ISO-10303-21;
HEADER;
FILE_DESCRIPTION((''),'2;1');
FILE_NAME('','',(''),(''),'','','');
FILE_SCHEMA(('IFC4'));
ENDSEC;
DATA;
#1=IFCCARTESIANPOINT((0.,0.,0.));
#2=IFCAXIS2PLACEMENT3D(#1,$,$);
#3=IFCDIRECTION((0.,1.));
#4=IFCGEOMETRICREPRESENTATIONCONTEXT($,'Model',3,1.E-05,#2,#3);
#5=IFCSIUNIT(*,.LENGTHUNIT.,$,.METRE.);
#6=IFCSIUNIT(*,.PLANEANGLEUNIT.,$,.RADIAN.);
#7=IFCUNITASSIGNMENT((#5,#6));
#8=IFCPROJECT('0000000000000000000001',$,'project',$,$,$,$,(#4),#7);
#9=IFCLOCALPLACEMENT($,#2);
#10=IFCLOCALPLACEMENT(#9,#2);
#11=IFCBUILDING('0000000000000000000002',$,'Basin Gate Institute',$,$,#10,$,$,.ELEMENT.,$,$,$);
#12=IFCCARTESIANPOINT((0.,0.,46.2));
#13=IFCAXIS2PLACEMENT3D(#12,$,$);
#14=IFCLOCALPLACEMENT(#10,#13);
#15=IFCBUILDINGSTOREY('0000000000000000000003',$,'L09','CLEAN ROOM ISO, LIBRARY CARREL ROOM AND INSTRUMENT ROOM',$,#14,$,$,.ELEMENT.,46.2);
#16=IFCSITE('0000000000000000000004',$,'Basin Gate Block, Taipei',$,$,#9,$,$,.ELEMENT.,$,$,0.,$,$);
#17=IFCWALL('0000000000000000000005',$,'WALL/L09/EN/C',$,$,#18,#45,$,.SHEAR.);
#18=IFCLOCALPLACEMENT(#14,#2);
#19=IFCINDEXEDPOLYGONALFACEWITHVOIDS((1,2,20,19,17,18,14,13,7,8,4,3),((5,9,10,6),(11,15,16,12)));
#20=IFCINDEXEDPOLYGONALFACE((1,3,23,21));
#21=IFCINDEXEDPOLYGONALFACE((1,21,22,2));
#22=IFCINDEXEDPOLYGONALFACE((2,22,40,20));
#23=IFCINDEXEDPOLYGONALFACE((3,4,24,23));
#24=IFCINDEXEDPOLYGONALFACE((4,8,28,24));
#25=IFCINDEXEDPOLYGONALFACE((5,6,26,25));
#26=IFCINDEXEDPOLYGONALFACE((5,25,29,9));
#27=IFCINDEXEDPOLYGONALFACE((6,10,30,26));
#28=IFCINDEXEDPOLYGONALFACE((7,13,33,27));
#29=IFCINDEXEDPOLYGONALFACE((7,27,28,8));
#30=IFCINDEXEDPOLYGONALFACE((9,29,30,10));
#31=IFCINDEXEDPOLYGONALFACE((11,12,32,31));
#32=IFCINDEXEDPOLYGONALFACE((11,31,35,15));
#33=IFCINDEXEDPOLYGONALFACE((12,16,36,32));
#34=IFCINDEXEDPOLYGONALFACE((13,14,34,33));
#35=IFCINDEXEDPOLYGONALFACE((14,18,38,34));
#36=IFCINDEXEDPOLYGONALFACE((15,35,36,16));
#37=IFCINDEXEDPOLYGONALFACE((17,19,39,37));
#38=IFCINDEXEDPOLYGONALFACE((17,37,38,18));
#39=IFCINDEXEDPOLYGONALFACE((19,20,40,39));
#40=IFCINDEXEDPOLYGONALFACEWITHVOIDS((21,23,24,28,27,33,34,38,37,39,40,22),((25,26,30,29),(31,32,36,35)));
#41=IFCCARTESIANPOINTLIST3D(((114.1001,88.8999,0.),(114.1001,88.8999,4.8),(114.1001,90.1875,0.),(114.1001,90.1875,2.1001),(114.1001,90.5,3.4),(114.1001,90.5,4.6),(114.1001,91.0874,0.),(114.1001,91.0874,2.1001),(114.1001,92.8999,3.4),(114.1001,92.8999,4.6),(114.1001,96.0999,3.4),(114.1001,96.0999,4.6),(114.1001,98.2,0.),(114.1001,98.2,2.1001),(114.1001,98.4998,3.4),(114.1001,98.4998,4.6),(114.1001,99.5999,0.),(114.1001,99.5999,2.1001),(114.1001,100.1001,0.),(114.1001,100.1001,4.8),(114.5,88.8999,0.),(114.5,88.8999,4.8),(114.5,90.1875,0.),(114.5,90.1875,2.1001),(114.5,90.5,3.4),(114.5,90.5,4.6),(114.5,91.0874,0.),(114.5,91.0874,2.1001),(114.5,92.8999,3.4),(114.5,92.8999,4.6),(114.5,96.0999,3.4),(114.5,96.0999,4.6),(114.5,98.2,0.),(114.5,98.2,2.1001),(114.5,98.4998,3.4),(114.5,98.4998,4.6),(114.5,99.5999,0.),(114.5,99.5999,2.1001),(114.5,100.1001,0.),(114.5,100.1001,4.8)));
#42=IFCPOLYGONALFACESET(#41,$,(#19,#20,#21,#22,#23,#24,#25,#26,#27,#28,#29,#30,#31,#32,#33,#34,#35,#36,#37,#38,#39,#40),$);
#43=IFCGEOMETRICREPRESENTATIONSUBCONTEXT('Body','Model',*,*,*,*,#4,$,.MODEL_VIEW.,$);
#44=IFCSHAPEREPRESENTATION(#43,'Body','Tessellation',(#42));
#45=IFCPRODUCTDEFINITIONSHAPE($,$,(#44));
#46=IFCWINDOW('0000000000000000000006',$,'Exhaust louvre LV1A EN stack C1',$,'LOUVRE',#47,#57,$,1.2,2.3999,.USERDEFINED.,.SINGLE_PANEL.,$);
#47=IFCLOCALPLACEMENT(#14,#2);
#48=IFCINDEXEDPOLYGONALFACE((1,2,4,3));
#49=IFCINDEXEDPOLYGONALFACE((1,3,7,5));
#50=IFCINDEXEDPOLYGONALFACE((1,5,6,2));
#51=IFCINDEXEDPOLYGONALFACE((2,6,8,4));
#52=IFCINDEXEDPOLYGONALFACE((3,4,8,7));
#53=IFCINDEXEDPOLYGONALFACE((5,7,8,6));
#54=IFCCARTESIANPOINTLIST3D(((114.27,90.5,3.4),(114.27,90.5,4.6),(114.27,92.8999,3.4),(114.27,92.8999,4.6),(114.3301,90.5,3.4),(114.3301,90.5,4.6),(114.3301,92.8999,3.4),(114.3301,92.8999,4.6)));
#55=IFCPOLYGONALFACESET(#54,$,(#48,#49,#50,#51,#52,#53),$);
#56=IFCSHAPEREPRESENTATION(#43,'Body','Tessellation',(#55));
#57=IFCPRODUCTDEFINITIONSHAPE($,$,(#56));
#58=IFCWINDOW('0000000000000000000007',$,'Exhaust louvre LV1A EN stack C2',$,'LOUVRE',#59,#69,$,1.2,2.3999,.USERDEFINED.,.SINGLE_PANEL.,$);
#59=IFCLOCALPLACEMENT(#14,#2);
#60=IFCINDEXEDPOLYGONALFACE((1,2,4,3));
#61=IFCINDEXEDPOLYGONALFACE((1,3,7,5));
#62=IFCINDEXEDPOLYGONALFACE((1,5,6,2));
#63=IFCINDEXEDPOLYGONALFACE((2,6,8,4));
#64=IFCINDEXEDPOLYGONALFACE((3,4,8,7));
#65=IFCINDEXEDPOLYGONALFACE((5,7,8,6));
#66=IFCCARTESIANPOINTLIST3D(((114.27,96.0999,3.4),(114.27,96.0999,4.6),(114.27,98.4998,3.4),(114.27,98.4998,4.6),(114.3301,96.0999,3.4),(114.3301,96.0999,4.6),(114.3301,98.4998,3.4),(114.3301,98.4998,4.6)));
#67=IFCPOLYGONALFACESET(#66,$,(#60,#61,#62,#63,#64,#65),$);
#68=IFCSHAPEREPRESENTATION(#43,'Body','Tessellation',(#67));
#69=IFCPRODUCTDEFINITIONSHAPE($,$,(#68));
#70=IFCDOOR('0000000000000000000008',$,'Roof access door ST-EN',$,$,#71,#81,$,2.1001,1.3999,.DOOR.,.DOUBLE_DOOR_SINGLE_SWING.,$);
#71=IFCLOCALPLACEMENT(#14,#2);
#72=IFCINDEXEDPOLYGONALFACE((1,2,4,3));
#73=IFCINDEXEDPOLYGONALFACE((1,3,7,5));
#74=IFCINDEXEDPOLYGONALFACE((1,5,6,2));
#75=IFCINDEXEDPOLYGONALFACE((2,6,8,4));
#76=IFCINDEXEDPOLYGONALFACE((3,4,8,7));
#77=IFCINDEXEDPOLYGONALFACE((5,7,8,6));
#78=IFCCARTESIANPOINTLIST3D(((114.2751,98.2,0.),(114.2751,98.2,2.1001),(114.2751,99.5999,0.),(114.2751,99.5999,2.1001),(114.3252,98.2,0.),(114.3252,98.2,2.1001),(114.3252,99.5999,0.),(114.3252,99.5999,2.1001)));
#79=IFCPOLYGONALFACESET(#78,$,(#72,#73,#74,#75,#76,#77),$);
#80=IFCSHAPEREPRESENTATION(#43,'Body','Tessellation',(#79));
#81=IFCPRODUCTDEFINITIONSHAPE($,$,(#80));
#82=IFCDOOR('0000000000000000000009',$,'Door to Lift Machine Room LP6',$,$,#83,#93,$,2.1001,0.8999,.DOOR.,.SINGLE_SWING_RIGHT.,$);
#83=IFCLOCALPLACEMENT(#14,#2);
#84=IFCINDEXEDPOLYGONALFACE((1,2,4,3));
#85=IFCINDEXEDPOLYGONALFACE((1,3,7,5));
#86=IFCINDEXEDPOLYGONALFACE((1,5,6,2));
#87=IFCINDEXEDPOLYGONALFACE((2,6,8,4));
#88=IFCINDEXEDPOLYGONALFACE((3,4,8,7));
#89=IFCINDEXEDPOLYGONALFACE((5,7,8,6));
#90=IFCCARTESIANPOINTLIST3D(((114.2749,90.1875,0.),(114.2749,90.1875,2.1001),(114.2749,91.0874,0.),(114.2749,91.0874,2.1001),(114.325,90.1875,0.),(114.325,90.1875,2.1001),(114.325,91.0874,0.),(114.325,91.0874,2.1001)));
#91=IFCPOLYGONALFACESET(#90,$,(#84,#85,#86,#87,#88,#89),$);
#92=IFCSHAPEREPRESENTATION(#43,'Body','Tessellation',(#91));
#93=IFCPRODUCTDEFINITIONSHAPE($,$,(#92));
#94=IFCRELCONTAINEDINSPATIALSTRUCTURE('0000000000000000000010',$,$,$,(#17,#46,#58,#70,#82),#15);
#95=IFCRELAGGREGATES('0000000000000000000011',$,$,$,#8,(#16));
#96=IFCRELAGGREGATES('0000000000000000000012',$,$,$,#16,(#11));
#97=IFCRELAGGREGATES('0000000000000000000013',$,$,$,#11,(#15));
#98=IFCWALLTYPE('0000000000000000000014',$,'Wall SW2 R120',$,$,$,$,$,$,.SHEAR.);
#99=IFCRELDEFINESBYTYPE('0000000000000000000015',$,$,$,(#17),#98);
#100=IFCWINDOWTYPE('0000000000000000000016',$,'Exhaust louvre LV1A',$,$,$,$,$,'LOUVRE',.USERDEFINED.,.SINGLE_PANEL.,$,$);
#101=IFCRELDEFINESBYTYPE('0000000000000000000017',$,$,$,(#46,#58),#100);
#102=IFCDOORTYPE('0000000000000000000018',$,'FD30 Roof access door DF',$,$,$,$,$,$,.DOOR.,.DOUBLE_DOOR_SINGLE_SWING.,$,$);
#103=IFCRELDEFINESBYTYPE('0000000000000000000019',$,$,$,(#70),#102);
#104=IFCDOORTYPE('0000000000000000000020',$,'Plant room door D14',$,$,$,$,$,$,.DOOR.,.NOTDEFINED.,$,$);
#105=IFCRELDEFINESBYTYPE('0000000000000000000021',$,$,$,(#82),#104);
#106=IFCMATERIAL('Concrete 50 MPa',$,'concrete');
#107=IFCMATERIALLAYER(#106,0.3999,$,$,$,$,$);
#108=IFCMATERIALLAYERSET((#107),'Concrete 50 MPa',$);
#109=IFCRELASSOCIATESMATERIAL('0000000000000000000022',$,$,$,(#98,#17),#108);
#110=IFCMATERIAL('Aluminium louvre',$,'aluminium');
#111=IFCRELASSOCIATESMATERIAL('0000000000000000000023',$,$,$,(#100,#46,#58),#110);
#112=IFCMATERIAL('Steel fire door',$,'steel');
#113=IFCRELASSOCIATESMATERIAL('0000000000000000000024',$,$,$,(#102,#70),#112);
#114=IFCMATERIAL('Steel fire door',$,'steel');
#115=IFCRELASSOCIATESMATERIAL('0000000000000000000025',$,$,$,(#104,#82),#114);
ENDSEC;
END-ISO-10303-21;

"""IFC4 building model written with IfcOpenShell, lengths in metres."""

from ifc_helpers import new_model, si_unit, direction, frame, frame_2d, origin, place, context, subcontext, project, spatial, rectangle, extrude, material, layer, layer_set, type_object, element, fill, save


model = new_model("IFC4")

# Units and contexts
model_context = context("Model", 3, precision=1e-05, world=origin(), true_north=direction((0.0, 1.0)))
body_context = subcontext(model_context, "Body", "Model", "MODEL_VIEW")
ifc_project = project(units=[si_unit("LENGTHUNIT", "METRE"), si_unit("PLANEANGLEUNIT", "RADIAN")], contexts=[model_context])

# Site, building, storey
site_placement = place(None, origin())
site = spatial("IfcSite", under=ifc_project, at=site_placement, Name="Basin Gate Block, Taipei", CompositionType="ELEMENT", RefElevation=0.0)
building_placement = place(site_placement, origin())
building = spatial("IfcBuilding", under=site, at=building_placement, Name="Basin Gate Institute", CompositionType="ELEMENT")
storey_placement = place(building_placement, frame((0.0, 0.0, 46.2)))
storey = spatial("IfcBuildingStorey", under=building, at=storey_placement, Name="L09", Description="CLEAN ROOM ISO, LIBRARY CARREL ROOM AND INSTRUMENT ROOM", CompositionType="ELEMENT", Elevation=46.2)

# Wall, openings, windows, doors
ifc_material_1 = material(Name="Concrete 50 MPa", Category="concrete")
ifc_layer_1 = layer(ifc_material_1, 0.3999)
ifc_layer_set_1 = layer_set([ifc_layer_1], Name="Concrete 50 MPa")
wall_type_1 = type_object("IfcWallType", Name="Wall SW2 R120", PredefinedType="SHEAR", material=ifc_layer_set_1)
wall_1_placement = place(storey_placement, frame((114.3, 88.8999, 0.0), z_axis=(0.0, 0.0, 1.0), x_axis=(0.0, 1.0, 0.0)))
wall_1 = element("IfcWall", 1, at=wall_1_placement, inside=storey, type_object=wall_type_1, material=ifc_layer_set_1, Name="WALL/L09/EN/C", PredefinedType="SHEAR", context=body_context, shape_type="SweptSolid", body=[
    extrude(rectangle(XDim=11.2002, YDim=0.3999, at=frame_2d((5.6001, 0.0))), origin(), (0.0, 0.0, 1.0), 4.8),
])
opening_1_placement = place(wall_1_placement, frame((9.3, 0.0, 0.0)))
opening_1 = element("IfcOpeningElement", 2, at=opening_1_placement, cuts=wall_1, PredefinedType="OPENING", context=body_context, shape_type="SweptSolid", body=[
    extrude(rectangle(XDim=1.3999, YDim=2.1001, at=frame_2d((0.7, 1.05))), frame((0.0, 0.21, 0.0), z_axis=(0.0, -1.0, 0.0), x_axis=(1.0, 0.0, 0.0)), (0.0, 0.0, 1.0), 0.4199),
])
opening_2_placement = place(wall_1_placement, frame((1.6001, 0.0, 3.3999)))
opening_2 = element("IfcOpeningElement", 3, at=opening_2_placement, cuts=wall_1, PredefinedType="OPENING", context=body_context, shape_type="SweptSolid", body=[
    extrude(rectangle(XDim=2.3999, YDim=1.2, at=frame_2d((1.2, 0.6001))), frame((0.0, 0.21, 0.0), z_axis=(0.0, -1.0, 0.0), x_axis=(1.0, 0.0, 0.0)), (0.0, 0.0, 1.0), 0.4199),
])
opening_3_placement = place(wall_1_placement, frame((7.2, 0.0, 3.3999)))
opening_3 = element("IfcOpeningElement", 4, at=opening_3_placement, cuts=wall_1, PredefinedType="OPENING", context=body_context, shape_type="SweptSolid", body=[
    extrude(rectangle(XDim=2.3999, YDim=1.2, at=frame_2d((1.2, 0.6001))), frame((0.0, 0.21, 0.0), z_axis=(0.0, -1.0, 0.0), x_axis=(1.0, 0.0, 0.0)), (0.0, 0.0, 1.0), 0.4199),
])
opening_4_placement = place(wall_1_placement, frame((1.2876, 0.0, 0.0)))
opening_4 = element("IfcOpeningElement", 5, at=opening_4_placement, cuts=wall_1, PredefinedType="OPENING", context=body_context, shape_type="SweptSolid", body=[
    extrude(rectangle(XDim=0.8999, YDim=2.1001, at=frame_2d((0.45, 1.05))), frame((0.0, 0.21, 0.0), z_axis=(0.0, -1.0, 0.0), x_axis=(1.0, 0.0, 0.0)), (0.0, 0.0, 1.0), 0.4199),
])
ifc_material_2 = material(Name="Aluminium louvre", Category="aluminium")
window_type = type_object("IfcWindowType", Name="Exhaust louvre LV1A", ElementType="LOUVRE", PartitioningType="SINGLE_PANEL", PredefinedType="USERDEFINED", material=ifc_material_2)
window_1_placement = place(opening_2_placement, origin())
window_1 = element("IfcWindow", 6, at=window_1_placement, inside=storey, type_object=window_type, material=ifc_material_2, Name="Exhaust louvre LV1A EN stack C1", ObjectType="LOUVRE", OverallHeight=1.2, OverallWidth=2.3999, PartitioningType="SINGLE_PANEL", PredefinedType="USERDEFINED", context=body_context, shape_type="SweptSolid", body=[
    extrude(rectangle(XDim=2.3999, YDim=1.2, at=frame_2d((1.2, 0.6001))), frame((0.0, 0.03, 0.0), z_axis=(0.0, -1.0, 0.0), x_axis=(1.0, 0.0, 0.0)), (0.0, 0.0, 1.0), 0.0601),
])
fill(opening_2, window_1)
window_2_placement = place(opening_3_placement, origin())
window_2 = element("IfcWindow", 7, at=window_2_placement, inside=storey, type_object=window_type, material=ifc_material_2, Name="Exhaust louvre LV1A EN stack C2", ObjectType="LOUVRE", OverallHeight=1.2, OverallWidth=2.3999, PartitioningType="SINGLE_PANEL", PredefinedType="USERDEFINED", context=body_context, shape_type="SweptSolid", body=[
    extrude(rectangle(XDim=2.3999, YDim=1.2, at=frame_2d((1.2, 0.6001))), frame((0.0, 0.03, 0.0), z_axis=(0.0, -1.0, 0.0), x_axis=(1.0, 0.0, 0.0)), (0.0, 0.0, 1.0), 0.0601),
])
fill(opening_3, window_2)
ifc_material_3 = material(Name="Steel fire door", Category="steel")
door_type_1 = type_object("IfcDoorType", Name="FD30 Roof access door DF", OperationType="DOUBLE_DOOR_SINGLE_SWING", PredefinedType="DOOR", material=ifc_material_3)
door_1_placement = place(opening_1_placement, origin())
door_1 = element("IfcDoor", 8, at=door_1_placement, inside=storey, type_object=door_type_1, material=ifc_material_3, Name="Roof access door ST-EN", OperationType="DOUBLE_DOOR_SINGLE_SWING", OverallHeight=2.1001, OverallWidth=1.3999, PredefinedType="DOOR", context=body_context, shape_type="SweptSolid", body=[
    extrude(rectangle(XDim=1.3999, YDim=2.1001, at=frame_2d((0.7, 1.05))), frame((0.0, 0.0249, 0.0), z_axis=(0.0, -1.0, 0.0), x_axis=(1.0, 0.0, 0.0)), (0.0, 0.0, 1.0), 0.05),
])
fill(opening_1, door_1)
ifc_material_4 = material(Name="Steel fire door", Category="steel")
door_type_2 = type_object("IfcDoorType", Name="Plant room door D14", OperationType="NOTDEFINED", PredefinedType="DOOR", material=ifc_material_4)
door_2_placement = place(opening_4_placement, frame((0.8999, 0.0, 0.0), z_axis=(0.0, 0.0, 1.0), x_axis=(-1.0, 0.0, 0.0)))
door_2 = element("IfcDoor", 9, at=door_2_placement, inside=storey, type_object=door_type_2, material=ifc_material_4, Name="Door to Lift Machine Room LP6", OperationType="SINGLE_SWING_RIGHT", OverallHeight=2.1001, OverallWidth=0.8999, PredefinedType="DOOR", context=body_context, shape_type="SweptSolid", body=[
    extrude(rectangle(XDim=0.8999, YDim=2.1001, at=frame_2d((0.45, 1.05))), frame((0.0, 0.0249, 0.0), z_axis=(0.0, -1.0, 0.0), x_axis=(1.0, 0.0, 0.0)), (0.0, 0.0, 1.0), 0.05),
])
fill(opening_4, door_2)

save(model, "model.ifc")
